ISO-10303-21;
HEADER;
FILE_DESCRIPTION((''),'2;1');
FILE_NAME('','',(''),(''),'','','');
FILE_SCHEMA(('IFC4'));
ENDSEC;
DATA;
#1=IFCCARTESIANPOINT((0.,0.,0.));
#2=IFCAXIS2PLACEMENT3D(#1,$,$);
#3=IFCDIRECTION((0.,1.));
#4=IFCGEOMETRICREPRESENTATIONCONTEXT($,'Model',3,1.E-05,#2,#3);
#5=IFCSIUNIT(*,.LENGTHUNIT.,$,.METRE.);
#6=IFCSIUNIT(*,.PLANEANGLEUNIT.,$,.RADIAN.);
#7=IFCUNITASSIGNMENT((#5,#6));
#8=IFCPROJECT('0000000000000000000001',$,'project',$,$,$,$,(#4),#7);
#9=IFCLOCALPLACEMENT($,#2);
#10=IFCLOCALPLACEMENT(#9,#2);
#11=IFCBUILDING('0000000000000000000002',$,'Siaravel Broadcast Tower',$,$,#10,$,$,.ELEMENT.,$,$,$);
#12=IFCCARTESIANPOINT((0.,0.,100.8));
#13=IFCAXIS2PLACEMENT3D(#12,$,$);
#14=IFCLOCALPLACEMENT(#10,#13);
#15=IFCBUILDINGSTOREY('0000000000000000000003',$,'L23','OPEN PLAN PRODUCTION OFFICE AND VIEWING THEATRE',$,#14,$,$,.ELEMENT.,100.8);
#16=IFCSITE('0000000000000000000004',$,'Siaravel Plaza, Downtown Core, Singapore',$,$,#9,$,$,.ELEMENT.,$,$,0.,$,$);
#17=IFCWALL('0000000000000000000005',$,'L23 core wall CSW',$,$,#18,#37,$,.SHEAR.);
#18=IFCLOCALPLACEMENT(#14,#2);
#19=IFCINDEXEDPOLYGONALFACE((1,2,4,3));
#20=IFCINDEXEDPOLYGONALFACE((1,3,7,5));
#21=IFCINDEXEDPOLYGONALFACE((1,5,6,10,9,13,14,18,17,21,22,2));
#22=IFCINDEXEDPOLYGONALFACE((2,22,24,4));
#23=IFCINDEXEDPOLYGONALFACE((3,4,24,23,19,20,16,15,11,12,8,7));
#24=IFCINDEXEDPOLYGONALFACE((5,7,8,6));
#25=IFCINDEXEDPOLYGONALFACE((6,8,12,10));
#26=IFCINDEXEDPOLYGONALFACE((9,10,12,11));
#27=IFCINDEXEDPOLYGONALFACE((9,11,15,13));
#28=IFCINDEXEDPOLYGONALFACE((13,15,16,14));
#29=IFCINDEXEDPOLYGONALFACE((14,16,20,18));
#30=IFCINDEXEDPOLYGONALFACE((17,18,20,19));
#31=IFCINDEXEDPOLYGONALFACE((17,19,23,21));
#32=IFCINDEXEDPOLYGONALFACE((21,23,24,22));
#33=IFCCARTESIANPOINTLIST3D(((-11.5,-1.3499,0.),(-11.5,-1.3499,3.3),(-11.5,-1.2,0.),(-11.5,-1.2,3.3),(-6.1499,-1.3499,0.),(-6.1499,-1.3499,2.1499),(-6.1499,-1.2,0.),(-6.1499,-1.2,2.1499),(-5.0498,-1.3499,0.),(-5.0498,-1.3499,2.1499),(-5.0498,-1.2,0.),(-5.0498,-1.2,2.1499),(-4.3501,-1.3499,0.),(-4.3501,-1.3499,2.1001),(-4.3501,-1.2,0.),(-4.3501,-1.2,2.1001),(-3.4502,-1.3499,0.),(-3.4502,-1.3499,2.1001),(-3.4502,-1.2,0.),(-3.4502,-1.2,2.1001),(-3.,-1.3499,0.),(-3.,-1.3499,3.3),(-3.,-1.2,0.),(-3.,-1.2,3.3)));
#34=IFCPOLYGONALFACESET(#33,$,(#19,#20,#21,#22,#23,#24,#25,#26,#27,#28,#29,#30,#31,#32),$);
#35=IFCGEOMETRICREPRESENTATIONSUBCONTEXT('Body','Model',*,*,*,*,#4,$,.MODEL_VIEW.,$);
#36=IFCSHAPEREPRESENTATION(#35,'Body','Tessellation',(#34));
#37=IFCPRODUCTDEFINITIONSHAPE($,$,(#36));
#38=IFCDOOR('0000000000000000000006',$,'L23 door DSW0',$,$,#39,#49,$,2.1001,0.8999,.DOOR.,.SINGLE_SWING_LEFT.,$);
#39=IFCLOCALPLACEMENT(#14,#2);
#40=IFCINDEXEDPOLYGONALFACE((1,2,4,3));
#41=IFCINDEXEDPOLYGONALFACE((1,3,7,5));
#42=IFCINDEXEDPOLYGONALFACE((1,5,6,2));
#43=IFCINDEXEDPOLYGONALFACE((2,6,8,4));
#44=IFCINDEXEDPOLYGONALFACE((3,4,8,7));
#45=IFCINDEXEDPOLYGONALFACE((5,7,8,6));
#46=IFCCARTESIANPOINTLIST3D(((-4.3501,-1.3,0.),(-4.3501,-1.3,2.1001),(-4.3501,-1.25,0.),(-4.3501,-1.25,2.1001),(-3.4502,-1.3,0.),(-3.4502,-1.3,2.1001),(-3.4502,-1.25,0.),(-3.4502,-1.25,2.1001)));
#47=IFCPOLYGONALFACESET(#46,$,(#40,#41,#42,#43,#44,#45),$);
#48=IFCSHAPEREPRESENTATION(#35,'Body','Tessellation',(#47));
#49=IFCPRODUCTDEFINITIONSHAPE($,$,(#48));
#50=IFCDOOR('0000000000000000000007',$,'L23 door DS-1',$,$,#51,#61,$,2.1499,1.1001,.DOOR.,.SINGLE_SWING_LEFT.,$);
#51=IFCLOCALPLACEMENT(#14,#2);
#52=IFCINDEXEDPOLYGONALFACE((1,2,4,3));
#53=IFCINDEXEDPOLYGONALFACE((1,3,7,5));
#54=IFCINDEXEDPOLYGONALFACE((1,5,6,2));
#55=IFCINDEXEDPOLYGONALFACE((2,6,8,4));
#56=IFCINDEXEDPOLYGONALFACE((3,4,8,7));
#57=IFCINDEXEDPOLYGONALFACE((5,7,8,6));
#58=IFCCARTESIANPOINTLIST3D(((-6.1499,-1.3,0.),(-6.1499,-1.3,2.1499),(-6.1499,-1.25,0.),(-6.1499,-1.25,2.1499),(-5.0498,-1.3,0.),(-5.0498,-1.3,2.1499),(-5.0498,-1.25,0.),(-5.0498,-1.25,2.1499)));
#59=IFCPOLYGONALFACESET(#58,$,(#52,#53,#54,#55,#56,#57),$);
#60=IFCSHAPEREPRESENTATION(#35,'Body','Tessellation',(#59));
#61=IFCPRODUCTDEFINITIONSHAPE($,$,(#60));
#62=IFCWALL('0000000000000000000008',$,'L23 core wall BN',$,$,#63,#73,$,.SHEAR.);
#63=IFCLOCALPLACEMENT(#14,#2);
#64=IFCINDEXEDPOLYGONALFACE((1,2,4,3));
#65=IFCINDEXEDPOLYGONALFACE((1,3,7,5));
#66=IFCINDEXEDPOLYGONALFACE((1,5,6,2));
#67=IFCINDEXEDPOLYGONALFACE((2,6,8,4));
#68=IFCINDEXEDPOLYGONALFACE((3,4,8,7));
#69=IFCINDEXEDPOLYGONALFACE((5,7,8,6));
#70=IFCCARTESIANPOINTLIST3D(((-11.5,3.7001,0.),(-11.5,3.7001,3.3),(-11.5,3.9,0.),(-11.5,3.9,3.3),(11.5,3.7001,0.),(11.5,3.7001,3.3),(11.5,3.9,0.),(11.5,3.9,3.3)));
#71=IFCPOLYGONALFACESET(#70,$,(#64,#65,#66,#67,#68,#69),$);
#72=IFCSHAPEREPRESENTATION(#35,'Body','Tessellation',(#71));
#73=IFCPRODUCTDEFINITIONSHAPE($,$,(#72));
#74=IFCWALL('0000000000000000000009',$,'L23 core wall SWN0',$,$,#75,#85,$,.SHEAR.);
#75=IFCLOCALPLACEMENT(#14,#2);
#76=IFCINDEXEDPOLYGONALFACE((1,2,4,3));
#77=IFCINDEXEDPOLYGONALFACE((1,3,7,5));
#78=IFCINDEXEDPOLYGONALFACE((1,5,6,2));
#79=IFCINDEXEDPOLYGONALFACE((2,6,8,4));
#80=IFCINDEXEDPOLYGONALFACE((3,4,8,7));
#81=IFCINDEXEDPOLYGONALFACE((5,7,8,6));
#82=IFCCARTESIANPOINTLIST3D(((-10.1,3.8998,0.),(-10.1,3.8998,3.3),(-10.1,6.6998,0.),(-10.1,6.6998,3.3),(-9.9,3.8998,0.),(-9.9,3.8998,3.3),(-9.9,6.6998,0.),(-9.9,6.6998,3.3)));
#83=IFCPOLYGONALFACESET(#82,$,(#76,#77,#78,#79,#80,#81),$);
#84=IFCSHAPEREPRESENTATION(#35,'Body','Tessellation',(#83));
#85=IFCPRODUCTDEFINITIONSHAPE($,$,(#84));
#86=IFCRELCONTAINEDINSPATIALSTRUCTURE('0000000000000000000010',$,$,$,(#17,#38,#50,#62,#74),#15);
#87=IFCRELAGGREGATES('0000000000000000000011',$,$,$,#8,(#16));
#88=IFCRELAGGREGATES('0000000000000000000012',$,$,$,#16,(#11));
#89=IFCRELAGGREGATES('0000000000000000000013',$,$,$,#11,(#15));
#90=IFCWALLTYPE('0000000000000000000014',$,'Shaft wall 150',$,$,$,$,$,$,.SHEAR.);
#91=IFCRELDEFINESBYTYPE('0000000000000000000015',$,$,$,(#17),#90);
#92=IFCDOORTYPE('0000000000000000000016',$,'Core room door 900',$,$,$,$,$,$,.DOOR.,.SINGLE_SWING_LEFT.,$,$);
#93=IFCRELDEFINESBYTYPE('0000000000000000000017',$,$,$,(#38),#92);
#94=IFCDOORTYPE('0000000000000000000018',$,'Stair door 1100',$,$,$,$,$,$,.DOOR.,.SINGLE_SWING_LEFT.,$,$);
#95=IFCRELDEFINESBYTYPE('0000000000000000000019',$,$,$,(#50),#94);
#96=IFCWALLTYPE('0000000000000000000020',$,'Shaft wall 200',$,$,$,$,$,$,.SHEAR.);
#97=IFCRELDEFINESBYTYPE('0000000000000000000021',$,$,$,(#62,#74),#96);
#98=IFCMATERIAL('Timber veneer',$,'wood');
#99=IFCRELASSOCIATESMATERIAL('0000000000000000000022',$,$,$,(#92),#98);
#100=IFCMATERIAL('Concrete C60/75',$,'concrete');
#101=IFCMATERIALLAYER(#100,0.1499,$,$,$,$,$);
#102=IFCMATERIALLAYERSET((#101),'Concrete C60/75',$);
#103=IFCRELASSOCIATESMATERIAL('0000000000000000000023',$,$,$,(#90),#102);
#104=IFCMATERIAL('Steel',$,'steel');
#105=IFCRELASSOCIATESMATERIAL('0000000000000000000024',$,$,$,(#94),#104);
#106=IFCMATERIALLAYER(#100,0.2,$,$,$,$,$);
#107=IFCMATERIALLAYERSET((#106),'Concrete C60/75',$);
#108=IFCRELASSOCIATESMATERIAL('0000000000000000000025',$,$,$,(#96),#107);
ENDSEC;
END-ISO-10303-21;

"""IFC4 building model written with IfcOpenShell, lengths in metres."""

from ifc_helpers import new_model, si_unit, direction, frame, frame_2d, origin, place, context, subcontext, project, spatial, rectangle, extrude, material, layer, layer_set, type_object, element, fill, save


model = new_model("IFC4")

# Units and contexts
model_context = context("Model", 3, precision=1e-05, world=origin(), true_north=direction((0.0, 1.0)))
body_context = subcontext(model_context, "Body", "Model", "MODEL_VIEW")
ifc_project = project(units=[si_unit("LENGTHUNIT", "METRE"), si_unit("PLANEANGLEUNIT", "RADIAN")], contexts=[model_context])

# Site, building, storey
site_placement = place(None, origin())
site = spatial("IfcSite", under=ifc_project, at=site_placement, Name="Siaravel Plaza, Downtown Core, Singapore", CompositionType="ELEMENT", RefElevation=0.0)
building_placement = place(site_placement, origin())
building = spatial("IfcBuilding", under=site, at=building_placement, Name="Siaravel Broadcast Tower", CompositionType="ELEMENT")
storey_placement = place(building_placement, frame((0.0, 0.0, 100.8)))
storey = spatial("IfcBuildingStorey", under=building, at=storey_placement, Name="L23", Description="OPEN PLAN PRODUCTION OFFICE AND VIEWING THEATRE", CompositionType="ELEMENT", Elevation=100.8)

# Shared definitions
ifc_material_1 = material(Name="Concrete C60/75", Category="concrete")
ifc_material_2 = material(Name="Timber veneer", Category="wood")
door_type_1 = type_object("IfcDoorType", Name="Core room door 900", OperationType="SINGLE_SWING_LEFT", PredefinedType="DOOR", material=ifc_material_2)
ifc_material_3 = material(Name="Steel", Category="steel")

# Wall, openings, doors
ifc_layer_1 = layer(ifc_material_1, 0.1499)
ifc_layer_set_1 = layer_set([ifc_layer_1], Name="Concrete C60/75")
wall_type_1 = type_object("IfcWallType", Name="Shaft wall 150", PredefinedType="SHEAR", material=ifc_layer_set_1)
wall_1_placement = place(storey_placement, frame((-11.5, -1.2749, 0.0), z_axis=(0.0, 0.0, 1.0), x_axis=(1.0, 0.0, 0.0)))
wall_1 = element("IfcWall", 1, at=wall_1_placement, inside=storey, type_object=wall_type_1, Name="L23 core wall CSW", PredefinedType="SHEAR", context=body_context, shape_type="SweptSolid", body=[
    extrude(rectangle(XDim=8.5, YDim=0.1499, at=frame_2d((4.25, 0.0))), origin(), (0.0, 0.0, 1.0), 3.3),
])
opening_1_placement = place(wall_1_placement, frame((5.3501, 0.0, 0.0)))
opening_1 = element("IfcOpeningElement", 2, at=opening_1_placement, cuts=wall_1, PredefinedType="OPENING", context=body_context, shape_type="SweptSolid", body=[
    extrude(rectangle(XDim=1.1001, YDim=2.1499, at=frame_2d((0.55, 1.075))), frame((0.0, 0.085, 0.0), z_axis=(0.0, -1.0, 0.0), x_axis=(1.0, 0.0, 0.0)), (0.0, 0.0, 1.0), 0.1699),
])
opening_2_placement = place(wall_1_placement, frame((7.1499, 0.0, 0.0)))
opening_2 = element("IfcOpeningElement", 3, at=opening_2_placement, cuts=wall_1, PredefinedType="OPENING", context=body_context, shape_type="SweptSolid", body=[
    extrude(rectangle(XDim=0.8999, YDim=2.1001, at=frame_2d((0.45, 1.05))), frame((0.0, 0.085, 0.0), z_axis=(0.0, -1.0, 0.0), x_axis=(1.0, 0.0, 0.0)), (0.0, 0.0, 1.0), 0.1699),
])
door_1_placement = place(opening_2_placement, origin())
door_1 = element("IfcDoor", 4, at=door_1_placement, inside=storey, type_object=door_type_1, Name="L23 door DSW0", OperationType="SINGLE_SWING_LEFT", OverallHeight=2.1001, OverallWidth=0.8999, PredefinedType="DOOR", context=body_context, shape_type="SweptSolid", body=[
    extrude(rectangle(XDim=0.8999, YDim=2.1001, at=frame_2d((0.45, 1.05))), frame((0.0, 0.0249, 0.0), z_axis=(0.0, -1.0, 0.0), x_axis=(1.0, 0.0, 0.0)), (0.0, 0.0, 1.0), 0.05),
])
fill(opening_2, door_1)
door_type_2 = type_object("IfcDoorType", Name="Stair door 1100", OperationType="SINGLE_SWING_LEFT", PredefinedType="DOOR", material=ifc_material_3)
door_2_placement = place(opening_1_placement, origin())
door_2 = element("IfcDoor", 5, at=door_2_placement, inside=storey, type_object=door_type_2, Name="L23 door DS-1", OperationType="SINGLE_SWING_LEFT", OverallHeight=2.1499, OverallWidth=1.1001, PredefinedType="DOOR", context=body_context, shape_type="SweptSolid", body=[
    extrude(rectangle(XDim=1.1001, YDim=2.1499, at=frame_2d((0.55, 1.075))), frame((0.0, 0.0249, 0.0), z_axis=(0.0, -1.0, 0.0), x_axis=(1.0, 0.0, 0.0)), (0.0, 0.0, 1.0), 0.05),
])
fill(opening_1, door_2)

# Walls
ifc_layer_2 = layer(ifc_material_1, 0.2)
ifc_layer_set_2 = layer_set([ifc_layer_2], Name="Concrete C60/75")
wall_type_2 = type_object("IfcWallType", Name="Shaft wall 200", PredefinedType="SHEAR", material=ifc_layer_set_2)
wall_2_placement = place(storey_placement, frame((-11.5, 3.8, 0.0), z_axis=(0.0, 0.0, 1.0), x_axis=(1.0, 0.0, 0.0)))
element("IfcWall", 6, at=wall_2_placement, inside=storey, type_object=wall_type_2, Name="L23 core wall BN", PredefinedType="SHEAR", context=body_context, shape_type="SweptSolid", body=[
    extrude(rectangle(XDim=23.0, YDim=0.2, at=frame_2d((11.5, 0.0))), origin(), (0.0, 0.0, 1.0), 3.3),
])
wall_3_placement = place(storey_placement, frame((-10.0, 3.8999, 0.0), z_axis=(0.0, 0.0, 1.0), x_axis=(0.0, 1.0, 0.0)))
element("IfcWall", 7, at=wall_3_placement, inside=storey, type_object=wall_type_2, Name="L23 core wall SWN0", PredefinedType="SHEAR", context=body_context, shape_type="SweptSolid", body=[
    extrude(rectangle(XDim=2.8, YDim=0.2, at=frame_2d((1.3999, 0.0))), origin(), (0.0, 0.0, 1.0), 3.3),
])

save(model, "model.ifc")
